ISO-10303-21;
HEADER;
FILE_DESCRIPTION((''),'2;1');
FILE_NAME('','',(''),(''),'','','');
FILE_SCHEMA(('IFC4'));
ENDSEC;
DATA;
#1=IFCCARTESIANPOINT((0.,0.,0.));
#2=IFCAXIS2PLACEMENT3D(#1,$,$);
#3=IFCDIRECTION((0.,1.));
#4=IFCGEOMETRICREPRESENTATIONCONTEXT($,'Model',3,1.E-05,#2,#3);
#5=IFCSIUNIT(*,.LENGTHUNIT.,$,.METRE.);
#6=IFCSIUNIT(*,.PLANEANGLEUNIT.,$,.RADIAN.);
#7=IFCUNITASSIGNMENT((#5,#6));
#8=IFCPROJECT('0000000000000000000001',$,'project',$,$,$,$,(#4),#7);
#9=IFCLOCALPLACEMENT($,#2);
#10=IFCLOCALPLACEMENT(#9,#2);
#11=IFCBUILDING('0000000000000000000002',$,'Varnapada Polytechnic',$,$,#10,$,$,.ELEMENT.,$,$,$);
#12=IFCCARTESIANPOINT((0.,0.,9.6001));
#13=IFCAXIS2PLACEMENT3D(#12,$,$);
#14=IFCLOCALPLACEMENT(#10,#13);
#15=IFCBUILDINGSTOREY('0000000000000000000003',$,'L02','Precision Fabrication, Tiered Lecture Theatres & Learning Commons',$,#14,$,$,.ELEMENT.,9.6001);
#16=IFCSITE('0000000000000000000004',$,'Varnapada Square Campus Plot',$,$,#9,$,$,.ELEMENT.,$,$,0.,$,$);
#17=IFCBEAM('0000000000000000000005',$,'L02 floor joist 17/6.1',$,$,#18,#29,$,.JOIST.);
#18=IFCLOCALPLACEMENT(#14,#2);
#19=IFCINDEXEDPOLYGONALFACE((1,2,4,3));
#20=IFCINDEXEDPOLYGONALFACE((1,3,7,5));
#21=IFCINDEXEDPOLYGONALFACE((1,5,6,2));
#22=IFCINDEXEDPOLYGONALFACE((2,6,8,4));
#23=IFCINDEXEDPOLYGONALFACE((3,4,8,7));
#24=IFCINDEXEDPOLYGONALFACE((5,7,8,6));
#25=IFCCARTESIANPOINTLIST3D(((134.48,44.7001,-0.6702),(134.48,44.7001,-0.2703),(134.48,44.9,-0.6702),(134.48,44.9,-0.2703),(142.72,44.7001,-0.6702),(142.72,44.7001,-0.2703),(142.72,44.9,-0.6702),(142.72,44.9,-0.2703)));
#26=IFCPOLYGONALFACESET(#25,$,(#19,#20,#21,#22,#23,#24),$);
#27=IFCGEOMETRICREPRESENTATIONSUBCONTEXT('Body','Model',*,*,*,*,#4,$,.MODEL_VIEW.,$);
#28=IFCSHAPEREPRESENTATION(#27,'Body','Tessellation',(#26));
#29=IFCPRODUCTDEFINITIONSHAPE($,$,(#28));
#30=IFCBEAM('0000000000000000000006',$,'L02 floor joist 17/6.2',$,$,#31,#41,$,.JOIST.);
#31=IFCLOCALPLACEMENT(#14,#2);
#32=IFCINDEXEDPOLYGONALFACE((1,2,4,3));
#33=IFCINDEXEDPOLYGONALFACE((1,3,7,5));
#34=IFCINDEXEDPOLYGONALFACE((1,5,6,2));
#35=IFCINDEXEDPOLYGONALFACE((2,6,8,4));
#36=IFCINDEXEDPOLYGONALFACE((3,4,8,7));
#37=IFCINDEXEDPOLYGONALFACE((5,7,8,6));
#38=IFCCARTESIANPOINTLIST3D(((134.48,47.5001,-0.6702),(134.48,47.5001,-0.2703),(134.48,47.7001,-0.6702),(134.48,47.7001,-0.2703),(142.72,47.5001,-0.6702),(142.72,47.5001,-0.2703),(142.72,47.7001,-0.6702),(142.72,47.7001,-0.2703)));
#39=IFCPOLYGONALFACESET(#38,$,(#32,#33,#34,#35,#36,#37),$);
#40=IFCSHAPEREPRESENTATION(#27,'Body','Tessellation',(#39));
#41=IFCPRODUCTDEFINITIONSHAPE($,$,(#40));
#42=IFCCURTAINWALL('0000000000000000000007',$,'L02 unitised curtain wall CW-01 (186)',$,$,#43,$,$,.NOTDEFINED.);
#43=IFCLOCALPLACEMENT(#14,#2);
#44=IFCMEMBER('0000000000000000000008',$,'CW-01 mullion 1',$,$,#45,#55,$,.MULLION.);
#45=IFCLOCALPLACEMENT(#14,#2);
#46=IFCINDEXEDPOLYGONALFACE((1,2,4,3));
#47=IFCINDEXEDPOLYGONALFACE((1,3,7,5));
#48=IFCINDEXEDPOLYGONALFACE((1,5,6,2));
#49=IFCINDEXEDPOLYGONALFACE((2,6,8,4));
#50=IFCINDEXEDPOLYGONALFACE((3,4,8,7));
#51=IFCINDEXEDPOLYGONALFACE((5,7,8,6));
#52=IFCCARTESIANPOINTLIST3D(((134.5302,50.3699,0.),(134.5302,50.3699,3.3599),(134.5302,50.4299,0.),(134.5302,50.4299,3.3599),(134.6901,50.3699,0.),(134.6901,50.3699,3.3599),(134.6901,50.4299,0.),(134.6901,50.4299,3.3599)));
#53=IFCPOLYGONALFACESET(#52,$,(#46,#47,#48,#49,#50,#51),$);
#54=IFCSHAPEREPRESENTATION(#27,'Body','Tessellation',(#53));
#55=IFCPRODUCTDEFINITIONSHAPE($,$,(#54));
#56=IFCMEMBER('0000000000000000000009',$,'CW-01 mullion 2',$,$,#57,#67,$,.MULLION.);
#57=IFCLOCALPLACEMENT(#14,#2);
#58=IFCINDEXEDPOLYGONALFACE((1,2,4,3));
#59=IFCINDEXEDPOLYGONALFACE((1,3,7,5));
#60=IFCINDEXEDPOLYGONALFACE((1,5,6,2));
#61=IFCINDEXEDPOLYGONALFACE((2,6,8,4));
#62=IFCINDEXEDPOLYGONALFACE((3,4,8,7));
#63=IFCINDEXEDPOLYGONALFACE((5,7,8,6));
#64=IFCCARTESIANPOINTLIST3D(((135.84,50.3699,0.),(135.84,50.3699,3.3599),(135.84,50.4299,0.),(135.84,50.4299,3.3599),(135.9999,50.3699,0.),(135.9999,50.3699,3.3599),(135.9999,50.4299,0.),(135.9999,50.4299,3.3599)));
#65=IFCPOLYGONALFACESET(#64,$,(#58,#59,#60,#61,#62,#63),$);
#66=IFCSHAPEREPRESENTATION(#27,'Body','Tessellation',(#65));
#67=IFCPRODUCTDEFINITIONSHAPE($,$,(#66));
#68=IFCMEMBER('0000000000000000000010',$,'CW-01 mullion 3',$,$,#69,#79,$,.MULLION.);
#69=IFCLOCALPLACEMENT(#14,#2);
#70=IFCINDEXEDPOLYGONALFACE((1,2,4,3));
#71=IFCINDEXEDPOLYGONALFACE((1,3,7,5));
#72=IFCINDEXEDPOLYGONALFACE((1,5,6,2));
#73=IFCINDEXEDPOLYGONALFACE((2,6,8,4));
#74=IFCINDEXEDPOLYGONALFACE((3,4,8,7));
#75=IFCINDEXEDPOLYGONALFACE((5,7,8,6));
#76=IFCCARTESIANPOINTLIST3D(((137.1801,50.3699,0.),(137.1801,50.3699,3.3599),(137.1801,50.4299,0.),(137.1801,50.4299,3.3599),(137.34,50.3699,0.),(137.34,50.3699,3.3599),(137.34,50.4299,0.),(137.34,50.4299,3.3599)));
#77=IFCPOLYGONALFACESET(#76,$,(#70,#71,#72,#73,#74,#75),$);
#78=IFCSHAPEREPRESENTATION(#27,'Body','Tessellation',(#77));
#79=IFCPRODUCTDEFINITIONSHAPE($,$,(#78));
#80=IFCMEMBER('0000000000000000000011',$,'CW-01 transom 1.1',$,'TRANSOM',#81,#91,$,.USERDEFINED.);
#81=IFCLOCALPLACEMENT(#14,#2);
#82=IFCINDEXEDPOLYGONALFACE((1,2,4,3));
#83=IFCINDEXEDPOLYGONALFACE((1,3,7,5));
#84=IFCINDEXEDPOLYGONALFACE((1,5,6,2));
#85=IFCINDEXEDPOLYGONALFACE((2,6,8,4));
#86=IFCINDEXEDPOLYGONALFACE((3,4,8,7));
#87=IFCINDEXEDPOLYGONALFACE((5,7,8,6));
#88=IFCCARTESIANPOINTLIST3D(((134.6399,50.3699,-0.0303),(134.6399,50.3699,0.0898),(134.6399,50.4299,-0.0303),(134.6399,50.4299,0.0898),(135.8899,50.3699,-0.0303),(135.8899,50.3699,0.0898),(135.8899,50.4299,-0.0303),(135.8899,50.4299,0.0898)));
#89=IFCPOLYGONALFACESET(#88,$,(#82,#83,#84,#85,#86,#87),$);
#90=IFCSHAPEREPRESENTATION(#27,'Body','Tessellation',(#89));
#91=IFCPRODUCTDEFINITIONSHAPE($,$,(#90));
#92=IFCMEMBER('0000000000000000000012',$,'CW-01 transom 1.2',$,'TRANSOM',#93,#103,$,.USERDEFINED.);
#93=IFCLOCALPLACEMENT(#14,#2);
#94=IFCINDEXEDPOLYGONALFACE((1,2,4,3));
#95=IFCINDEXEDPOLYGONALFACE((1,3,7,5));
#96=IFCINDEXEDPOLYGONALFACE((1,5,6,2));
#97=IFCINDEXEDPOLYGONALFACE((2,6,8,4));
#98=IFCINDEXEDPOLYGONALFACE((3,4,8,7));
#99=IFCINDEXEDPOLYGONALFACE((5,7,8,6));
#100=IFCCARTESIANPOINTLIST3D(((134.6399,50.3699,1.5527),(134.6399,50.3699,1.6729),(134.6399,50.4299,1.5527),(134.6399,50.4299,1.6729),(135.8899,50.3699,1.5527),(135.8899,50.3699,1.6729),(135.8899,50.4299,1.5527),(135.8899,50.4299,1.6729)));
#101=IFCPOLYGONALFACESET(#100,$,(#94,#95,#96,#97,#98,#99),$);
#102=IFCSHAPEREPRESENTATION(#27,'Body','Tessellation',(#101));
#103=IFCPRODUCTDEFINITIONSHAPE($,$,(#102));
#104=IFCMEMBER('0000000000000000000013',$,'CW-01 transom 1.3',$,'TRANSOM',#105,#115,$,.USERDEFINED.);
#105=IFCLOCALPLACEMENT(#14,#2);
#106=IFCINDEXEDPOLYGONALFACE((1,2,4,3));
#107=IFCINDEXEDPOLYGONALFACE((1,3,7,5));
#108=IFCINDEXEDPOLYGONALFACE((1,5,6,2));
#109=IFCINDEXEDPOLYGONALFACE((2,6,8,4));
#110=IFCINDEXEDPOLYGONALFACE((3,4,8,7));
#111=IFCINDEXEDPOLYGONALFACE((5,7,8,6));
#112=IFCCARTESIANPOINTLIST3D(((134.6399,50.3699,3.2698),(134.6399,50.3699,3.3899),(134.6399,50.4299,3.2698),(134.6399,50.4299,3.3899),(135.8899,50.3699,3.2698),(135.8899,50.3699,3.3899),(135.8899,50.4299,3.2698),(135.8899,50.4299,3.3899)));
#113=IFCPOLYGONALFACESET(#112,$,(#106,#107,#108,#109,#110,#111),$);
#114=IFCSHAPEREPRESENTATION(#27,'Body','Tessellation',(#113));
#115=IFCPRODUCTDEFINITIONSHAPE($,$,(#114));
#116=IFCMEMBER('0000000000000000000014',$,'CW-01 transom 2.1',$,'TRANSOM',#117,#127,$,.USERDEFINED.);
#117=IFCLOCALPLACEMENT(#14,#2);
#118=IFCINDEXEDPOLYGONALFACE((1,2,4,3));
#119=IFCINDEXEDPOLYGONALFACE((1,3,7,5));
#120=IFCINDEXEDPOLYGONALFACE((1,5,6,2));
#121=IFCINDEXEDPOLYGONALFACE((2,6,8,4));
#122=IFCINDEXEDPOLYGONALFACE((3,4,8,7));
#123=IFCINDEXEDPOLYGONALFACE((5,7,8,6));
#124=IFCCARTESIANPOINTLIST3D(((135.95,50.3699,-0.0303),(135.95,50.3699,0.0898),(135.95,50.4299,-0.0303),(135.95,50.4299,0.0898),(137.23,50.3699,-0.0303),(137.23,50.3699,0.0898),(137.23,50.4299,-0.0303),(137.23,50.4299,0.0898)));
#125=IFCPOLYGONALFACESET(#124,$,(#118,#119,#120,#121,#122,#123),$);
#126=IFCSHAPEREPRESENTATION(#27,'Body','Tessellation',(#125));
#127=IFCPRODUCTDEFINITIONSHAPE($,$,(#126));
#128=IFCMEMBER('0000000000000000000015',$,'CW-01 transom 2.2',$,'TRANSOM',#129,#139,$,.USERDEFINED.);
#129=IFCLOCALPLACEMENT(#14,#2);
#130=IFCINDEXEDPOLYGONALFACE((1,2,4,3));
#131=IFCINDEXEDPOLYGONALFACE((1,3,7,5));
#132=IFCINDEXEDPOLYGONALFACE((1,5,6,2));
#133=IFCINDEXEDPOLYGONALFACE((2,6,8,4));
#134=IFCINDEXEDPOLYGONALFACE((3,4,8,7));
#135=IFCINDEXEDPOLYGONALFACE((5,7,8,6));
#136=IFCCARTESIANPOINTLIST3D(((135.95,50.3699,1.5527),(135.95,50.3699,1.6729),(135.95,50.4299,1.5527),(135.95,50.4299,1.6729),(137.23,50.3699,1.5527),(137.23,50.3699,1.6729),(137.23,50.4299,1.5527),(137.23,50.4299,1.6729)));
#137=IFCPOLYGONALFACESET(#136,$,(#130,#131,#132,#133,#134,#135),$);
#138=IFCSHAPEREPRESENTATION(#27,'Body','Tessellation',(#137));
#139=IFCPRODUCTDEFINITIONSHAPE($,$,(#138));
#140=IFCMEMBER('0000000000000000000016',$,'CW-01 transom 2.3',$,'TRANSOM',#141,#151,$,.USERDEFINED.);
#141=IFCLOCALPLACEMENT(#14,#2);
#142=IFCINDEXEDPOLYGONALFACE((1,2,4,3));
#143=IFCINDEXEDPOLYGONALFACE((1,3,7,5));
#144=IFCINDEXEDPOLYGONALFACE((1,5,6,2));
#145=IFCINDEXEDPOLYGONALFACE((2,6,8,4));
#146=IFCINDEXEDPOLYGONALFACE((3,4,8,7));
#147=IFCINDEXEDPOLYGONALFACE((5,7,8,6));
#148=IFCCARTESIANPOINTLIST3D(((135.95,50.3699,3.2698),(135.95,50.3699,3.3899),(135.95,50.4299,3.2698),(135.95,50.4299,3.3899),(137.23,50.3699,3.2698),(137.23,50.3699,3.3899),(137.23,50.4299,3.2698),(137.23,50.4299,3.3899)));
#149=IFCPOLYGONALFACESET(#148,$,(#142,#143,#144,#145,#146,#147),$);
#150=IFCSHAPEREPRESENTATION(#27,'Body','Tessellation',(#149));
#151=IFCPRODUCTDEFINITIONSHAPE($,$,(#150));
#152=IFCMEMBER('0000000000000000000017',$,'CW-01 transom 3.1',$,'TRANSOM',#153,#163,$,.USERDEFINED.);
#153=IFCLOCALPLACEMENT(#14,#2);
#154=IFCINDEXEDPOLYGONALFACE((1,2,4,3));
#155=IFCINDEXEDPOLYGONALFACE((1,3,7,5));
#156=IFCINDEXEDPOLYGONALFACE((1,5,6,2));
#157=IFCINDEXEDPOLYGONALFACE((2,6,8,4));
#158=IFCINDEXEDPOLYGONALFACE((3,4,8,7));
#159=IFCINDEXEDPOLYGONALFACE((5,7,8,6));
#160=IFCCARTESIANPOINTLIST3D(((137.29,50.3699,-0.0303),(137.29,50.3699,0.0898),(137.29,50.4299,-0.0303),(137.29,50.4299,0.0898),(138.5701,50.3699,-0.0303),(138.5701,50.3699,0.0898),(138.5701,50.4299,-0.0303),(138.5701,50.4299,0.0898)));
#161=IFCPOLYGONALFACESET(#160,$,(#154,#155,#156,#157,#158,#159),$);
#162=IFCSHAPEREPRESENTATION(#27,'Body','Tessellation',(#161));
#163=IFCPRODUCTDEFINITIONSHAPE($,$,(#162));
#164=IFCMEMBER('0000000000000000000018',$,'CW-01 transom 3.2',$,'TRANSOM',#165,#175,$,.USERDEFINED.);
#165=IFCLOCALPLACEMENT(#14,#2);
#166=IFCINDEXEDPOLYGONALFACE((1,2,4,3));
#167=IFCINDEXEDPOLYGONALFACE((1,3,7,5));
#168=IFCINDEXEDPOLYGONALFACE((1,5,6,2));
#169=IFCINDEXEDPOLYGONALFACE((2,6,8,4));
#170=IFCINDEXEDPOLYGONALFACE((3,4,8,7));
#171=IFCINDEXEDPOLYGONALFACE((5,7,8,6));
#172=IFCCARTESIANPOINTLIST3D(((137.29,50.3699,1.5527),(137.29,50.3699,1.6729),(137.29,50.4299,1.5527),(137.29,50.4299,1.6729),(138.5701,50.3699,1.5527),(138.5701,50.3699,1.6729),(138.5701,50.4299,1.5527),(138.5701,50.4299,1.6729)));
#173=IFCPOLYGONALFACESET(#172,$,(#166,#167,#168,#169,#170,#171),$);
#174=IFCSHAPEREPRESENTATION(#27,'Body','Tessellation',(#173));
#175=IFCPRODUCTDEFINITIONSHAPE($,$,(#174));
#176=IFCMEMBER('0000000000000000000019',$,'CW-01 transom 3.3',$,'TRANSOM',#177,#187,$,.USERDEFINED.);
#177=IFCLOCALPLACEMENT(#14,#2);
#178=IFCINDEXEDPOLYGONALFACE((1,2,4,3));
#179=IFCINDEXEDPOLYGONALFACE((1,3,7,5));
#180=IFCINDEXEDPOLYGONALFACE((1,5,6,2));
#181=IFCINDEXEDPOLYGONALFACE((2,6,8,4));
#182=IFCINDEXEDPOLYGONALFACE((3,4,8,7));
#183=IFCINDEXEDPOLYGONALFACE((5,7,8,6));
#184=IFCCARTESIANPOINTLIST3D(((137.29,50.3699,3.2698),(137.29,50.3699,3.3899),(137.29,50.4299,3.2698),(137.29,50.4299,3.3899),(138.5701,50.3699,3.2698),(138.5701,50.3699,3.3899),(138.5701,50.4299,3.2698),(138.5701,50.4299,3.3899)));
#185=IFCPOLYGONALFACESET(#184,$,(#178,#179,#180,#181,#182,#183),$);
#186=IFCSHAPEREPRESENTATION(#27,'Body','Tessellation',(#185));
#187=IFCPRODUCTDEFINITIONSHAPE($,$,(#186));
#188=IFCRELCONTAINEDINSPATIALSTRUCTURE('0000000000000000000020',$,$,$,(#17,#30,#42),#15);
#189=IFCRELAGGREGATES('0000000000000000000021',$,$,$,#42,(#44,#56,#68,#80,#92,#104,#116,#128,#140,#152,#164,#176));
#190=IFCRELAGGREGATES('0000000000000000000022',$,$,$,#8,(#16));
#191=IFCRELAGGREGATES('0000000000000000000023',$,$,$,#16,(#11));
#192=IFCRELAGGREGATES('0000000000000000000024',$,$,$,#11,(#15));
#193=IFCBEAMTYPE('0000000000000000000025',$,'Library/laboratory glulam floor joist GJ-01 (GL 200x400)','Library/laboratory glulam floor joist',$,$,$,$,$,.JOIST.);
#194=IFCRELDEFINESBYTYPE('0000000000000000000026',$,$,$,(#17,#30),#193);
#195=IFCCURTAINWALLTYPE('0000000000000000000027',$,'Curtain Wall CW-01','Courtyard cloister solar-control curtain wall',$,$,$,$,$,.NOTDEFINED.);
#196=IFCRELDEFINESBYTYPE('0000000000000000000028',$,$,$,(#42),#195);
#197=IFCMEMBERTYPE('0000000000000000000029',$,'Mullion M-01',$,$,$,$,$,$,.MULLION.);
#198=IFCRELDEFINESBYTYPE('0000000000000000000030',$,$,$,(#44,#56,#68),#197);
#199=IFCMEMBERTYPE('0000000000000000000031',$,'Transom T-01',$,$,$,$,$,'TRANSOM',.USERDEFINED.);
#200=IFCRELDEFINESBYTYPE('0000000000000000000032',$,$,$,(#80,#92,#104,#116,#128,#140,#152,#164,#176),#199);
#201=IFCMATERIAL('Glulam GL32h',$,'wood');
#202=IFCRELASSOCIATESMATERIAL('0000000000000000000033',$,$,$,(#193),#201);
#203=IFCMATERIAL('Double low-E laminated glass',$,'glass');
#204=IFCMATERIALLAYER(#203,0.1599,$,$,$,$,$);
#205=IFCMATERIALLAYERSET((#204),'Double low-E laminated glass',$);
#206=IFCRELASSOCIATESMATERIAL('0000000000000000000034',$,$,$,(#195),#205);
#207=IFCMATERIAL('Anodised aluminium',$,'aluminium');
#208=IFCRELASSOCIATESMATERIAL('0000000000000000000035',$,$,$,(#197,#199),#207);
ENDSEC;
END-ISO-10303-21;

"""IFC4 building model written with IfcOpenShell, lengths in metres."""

from ifc_helpers import new_model, si_unit, direction, frame, origin, origin_2d, place, context, subcontext, project, spatial, rectangle, extrude, material, layer, layer_set, material_profile, profile_set, type_object, element, aggregate, save


model = new_model("IFC4")

# Units and contexts
model_context = context("Model", 3, precision=1e-05, world=origin(), true_north=direction((0.0, 1.0)))
body_context = subcontext(model_context, "Body", "Model", "MODEL_VIEW")
ifc_project = project(units=[si_unit("LENGTHUNIT", "METRE"), si_unit("PLANEANGLEUNIT", "RADIAN")], contexts=[model_context])

# Site, building, storey
site_placement = place(None, origin())
site = spatial("IfcSite", under=ifc_project, at=site_placement, Name="Varnapada Square Campus Plot", CompositionType="ELEMENT", RefElevation=0.0)
building_placement = place(site_placement, origin())
building = spatial("IfcBuilding", under=site, at=building_placement, Name="Varnapada Polytechnic", CompositionType="ELEMENT")
storey_placement = place(building_placement, frame((0.0, 0.0, 9.6001)))
storey = spatial("IfcBuildingStorey", under=building, at=storey_placement, Name="L02", Description="Precision Fabrication, Tiered Lecture Theatres & Learning Commons", CompositionType="ELEMENT", Elevation=9.6001)

# Beams
ifc_material_1 = material(Name="Glulam GL32h", Category="wood")
ifc_material_profile_1 = material_profile(ifc_material_1, rectangle(XDim=0.2, YDim=0.3999, at=origin_2d()), Name="GL 200x400")
ifc_profile_set_1 = profile_set([ifc_material_profile_1], Name="Glulam GL32h")
beam_type = type_object("IfcBeamType", Name="Library/laboratory glulam floor joist GJ-01 (GL 200x400)", Description="Library/laboratory glulam floor joist", PredefinedType="JOIST", material=ifc_profile_set_1)
for number, where, z_axis, x_axis, name in (
    (1, (134.48, 44.8, -0.4702), (1.0, 0.0, 0.0), (0.0, 1.0, 0.0), "L02 floor joist 17/6.1"),
    (2, (134.48, 47.6001, -0.4702), (1.0, 0.0, 0.0), (0.0, 1.0, 0.0), "L02 floor joist 17/6.2"),
):
    element("IfcBeam", number, at=place(storey_placement, frame(where, z_axis=z_axis, x_axis=x_axis)), inside=storey, type_object=beam_type, Name=name, PredefinedType="JOIST", context=body_context, shape_type="SweptSolid", body=[
        extrude(rectangle(XDim=0.2, YDim=0.3999, at=origin_2d()), origin(), (0.0, 0.0, 1.0), 8.24),
    ])

# Curtain wall, members
ifc_material_2 = material(Name="Double low-E laminated glass", Category="glass")
ifc_layer_1 = layer(ifc_material_2, 0.1599)
ifc_layer_set_1 = layer_set([ifc_layer_1], Name="Double low-E laminated glass")
curtain_wall_type = type_object("IfcCurtainWallType", Name="Curtain Wall CW-01", Description="Courtyard cloister solar-control curtain wall", PredefinedType="NOTDEFINED", material=ifc_layer_set_1)
curtain_wall_placement = place(storey_placement, origin())
curtain_wall = element("IfcCurtainWall", 3, at=curtain_wall_placement, inside=storey, type_object=curtain_wall_type, Name="L02 unitised curtain wall CW-01 (186)", PredefinedType="NOTDEFINED")
ifc_material_3 = material(Name="Anodised aluminium", Category="aluminium")
ifc_material_profile_2 = material_profile(ifc_material_3, rectangle(XDim=0.0601, YDim=0.1599, at=origin_2d()), Name="ALU M60x160")
ifc_profile_set_2 = profile_set([ifc_material_profile_2], Name="Anodised aluminium")
member_type_1 = type_object("IfcMemberType", Name="Mullion M-01", PredefinedType="MULLION", material=ifc_profile_set_2)
member_1_placement = place(storey_placement, frame((134.6101, 50.3999, 0.0), z_axis=(0.0, 0.0, 1.0), x_axis=(0.0, 1.0, 0.0)))
member_1 = element("IfcMember", 4, at=member_1_placement, type_object=member_type_1, Name="CW-01 mullion 1", PredefinedType="MULLION", context=body_context, shape_type="SweptSolid", body=[
    extrude(rectangle(XDim=0.0601, YDim=0.1599, at=origin_2d()), origin(), (0.0, 0.0, 1.0), 3.3599),
])
member_2_placement = place(storey_placement, frame((135.9199, 50.3999, 0.0), z_axis=(0.0, 0.0, 1.0), x_axis=(0.0, 1.0, 0.0)))
member_2 = element("IfcMember", 5, at=member_2_placement, type_object=member_type_1, Name="CW-01 mullion 2", PredefinedType="MULLION", context=body_context, shape_type="SweptSolid", body=[
    extrude(rectangle(XDim=0.0601, YDim=0.1599, at=origin_2d()), origin(), (0.0, 0.0, 1.0), 3.3599),
])
member_3_placement = place(storey_placement, frame((137.26, 50.3999, 0.0), z_axis=(0.0, 0.0, 1.0), x_axis=(0.0, 1.0, 0.0)))
member_3 = element("IfcMember", 6, at=member_3_placement, type_object=member_type_1, Name="CW-01 mullion 3", PredefinedType="MULLION", context=body_context, shape_type="SweptSolid", body=[
    extrude(rectangle(XDim=0.0601, YDim=0.1599, at=origin_2d()), origin(), (0.0, 0.0, 1.0), 3.3599),
])
ifc_material_profile_3 = material_profile(ifc_material_3, rectangle(XDim=0.0601, YDim=0.1201, at=origin_2d()), Name="ALU T60x120")
ifc_profile_set_3 = profile_set([ifc_material_profile_3], Name="Anodised aluminium")
member_type_2 = type_object("IfcMemberType", Name="Transom T-01", ElementType="TRANSOM", PredefinedType="USERDEFINED", material=ifc_profile_set_3)
member_4_placement = place(storey_placement, frame((134.6399, 50.3999, 0.0298), z_axis=(1.0, 0.0, 0.0), x_axis=(0.0, 1.0, 0.0)))
member_4 = element("IfcMember", 7, at=member_4_placement, type_object=member_type_2, Name="CW-01 transom 1.1", ObjectType="TRANSOM", PredefinedType="USERDEFINED", context=body_context, shape_type="SweptSolid", body=[
    extrude(rectangle(XDim=0.0601, YDim=0.1201, at=origin_2d()), origin(), (0.0, 0.0, 1.0), 1.25),
])
member_5_placement = place(storey_placement, frame((134.6399, 50.3999, 1.6128), z_axis=(1.0, 0.0, 0.0), x_axis=(0.0, 1.0, 0.0)))
member_5 = element("IfcMember", 8, at=member_5_placement, type_object=member_type_2, Name="CW-01 transom 1.2", ObjectType="TRANSOM", PredefinedType="USERDEFINED", context=body_context, shape_type="SweptSolid", body=[
    extrude(rectangle(XDim=0.0601, YDim=0.1201, at=origin_2d()), origin(), (0.0, 0.0, 1.0), 1.25),
])
member_6_placement = place(storey_placement, frame((134.6399, 50.3999, 3.3298), z_axis=(1.0, 0.0, 0.0), x_axis=(0.0, 1.0, 0.0)))
member_6 = element("IfcMember", 9, at=member_6_placement, type_object=member_type_2, Name="CW-01 transom 1.3", ObjectType="TRANSOM", PredefinedType="USERDEFINED", context=body_context, shape_type="SweptSolid", body=[
    extrude(rectangle(XDim=0.0601, YDim=0.1201, at=origin_2d()), origin(), (0.0, 0.0, 1.0), 1.25),
])
member_7_placement = place(storey_placement, frame((135.95, 50.3999, 0.0298), z_axis=(1.0, 0.0, 0.0), x_axis=(0.0, 1.0, 0.0)))
member_7 = element("IfcMember", 10, at=member_7_placement, type_object=member_type_2, Name="CW-01 transom 2.1", ObjectType="TRANSOM", PredefinedType="USERDEFINED", context=body_context, shape_type="SweptSolid", body=[
    extrude(rectangle(XDim=0.0601, YDim=0.1201, at=origin_2d()), origin(), (0.0, 0.0, 1.0), 1.28),
])
member_8_placement = place(storey_placement, frame((135.95, 50.3999, 1.6128), z_axis=(1.0, 0.0, 0.0), x_axis=(0.0, 1.0, 0.0)))
member_8 = element("IfcMember", 11, at=member_8_placement, type_object=member_type_2, Name="CW-01 transom 2.2", ObjectType="TRANSOM", PredefinedType="USERDEFINED", context=body_context, shape_type="SweptSolid", body=[
    extrude(rectangle(XDim=0.0601, YDim=0.1201, at=origin_2d()), origin(), (0.0, 0.0, 1.0), 1.28),
])
member_9_placement = place(storey_placement, frame((135.95, 50.3999, 3.3298), z_axis=(1.0, 0.0, 0.0), x_axis=(0.0, 1.0, 0.0)))
member_9 = element("IfcMember", 12, at=member_9_placement, type_object=member_type_2, Name="CW-01 transom 2.3", ObjectType="TRANSOM", PredefinedType="USERDEFINED", context=body_context, shape_type="SweptSolid", body=[
    extrude(rectangle(XDim=0.0601, YDim=0.1201, at=origin_2d()), origin(), (0.0, 0.0, 1.0), 1.28),
])
member_10_placement = place(storey_placement, frame((137.29, 50.3999, 0.0298), z_axis=(1.0, 0.0, 0.0), x_axis=(0.0, 1.0, 0.0)))
member_10 = element("IfcMember", 13, at=member_10_placement, type_object=member_type_2, Name="CW-01 transom 3.1", ObjectType="TRANSOM", PredefinedType="USERDEFINED", context=body_context, shape_type="SweptSolid", body=[
    extrude(rectangle(XDim=0.0601, YDim=0.1201, at=origin_2d()), origin(), (0.0, 0.0, 1.0), 1.28),
])
member_11_placement = place(storey_placement, frame((137.29, 50.3999, 1.6128), z_axis=(1.0, 0.0, 0.0), x_axis=(0.0, 1.0, 0.0)))
member_11 = element("IfcMember", 14, at=member_11_placement, type_object=member_type_2, Name="CW-01 transom 3.2", ObjectType="TRANSOM", PredefinedType="USERDEFINED", context=body_context, shape_type="SweptSolid", body=[
    extrude(rectangle(XDim=0.0601, YDim=0.1201, at=origin_2d()), origin(), (0.0, 0.0, 1.0), 1.28),
])
member_12_placement = place(storey_placement, frame((137.29, 50.3999, 3.3298), z_axis=(1.0, 0.0, 0.0), x_axis=(0.0, 1.0, 0.0)))
member_12 = element("IfcMember", 15, at=member_12_placement, type_object=member_type_2, Name="CW-01 transom 3.3", ObjectType="TRANSOM", PredefinedType="USERDEFINED", context=body_context, shape_type="SweptSolid", body=[
    extrude(rectangle(XDim=0.0601, YDim=0.1201, at=origin_2d()), origin(), (0.0, 0.0, 1.0), 1.28),
])
aggregate(curtain_wall, [member_1, member_2, member_3, member_4, member_5, member_6, member_7, member_8, member_9, member_10, member_11, member_12])

save(model, "model.ifc")
